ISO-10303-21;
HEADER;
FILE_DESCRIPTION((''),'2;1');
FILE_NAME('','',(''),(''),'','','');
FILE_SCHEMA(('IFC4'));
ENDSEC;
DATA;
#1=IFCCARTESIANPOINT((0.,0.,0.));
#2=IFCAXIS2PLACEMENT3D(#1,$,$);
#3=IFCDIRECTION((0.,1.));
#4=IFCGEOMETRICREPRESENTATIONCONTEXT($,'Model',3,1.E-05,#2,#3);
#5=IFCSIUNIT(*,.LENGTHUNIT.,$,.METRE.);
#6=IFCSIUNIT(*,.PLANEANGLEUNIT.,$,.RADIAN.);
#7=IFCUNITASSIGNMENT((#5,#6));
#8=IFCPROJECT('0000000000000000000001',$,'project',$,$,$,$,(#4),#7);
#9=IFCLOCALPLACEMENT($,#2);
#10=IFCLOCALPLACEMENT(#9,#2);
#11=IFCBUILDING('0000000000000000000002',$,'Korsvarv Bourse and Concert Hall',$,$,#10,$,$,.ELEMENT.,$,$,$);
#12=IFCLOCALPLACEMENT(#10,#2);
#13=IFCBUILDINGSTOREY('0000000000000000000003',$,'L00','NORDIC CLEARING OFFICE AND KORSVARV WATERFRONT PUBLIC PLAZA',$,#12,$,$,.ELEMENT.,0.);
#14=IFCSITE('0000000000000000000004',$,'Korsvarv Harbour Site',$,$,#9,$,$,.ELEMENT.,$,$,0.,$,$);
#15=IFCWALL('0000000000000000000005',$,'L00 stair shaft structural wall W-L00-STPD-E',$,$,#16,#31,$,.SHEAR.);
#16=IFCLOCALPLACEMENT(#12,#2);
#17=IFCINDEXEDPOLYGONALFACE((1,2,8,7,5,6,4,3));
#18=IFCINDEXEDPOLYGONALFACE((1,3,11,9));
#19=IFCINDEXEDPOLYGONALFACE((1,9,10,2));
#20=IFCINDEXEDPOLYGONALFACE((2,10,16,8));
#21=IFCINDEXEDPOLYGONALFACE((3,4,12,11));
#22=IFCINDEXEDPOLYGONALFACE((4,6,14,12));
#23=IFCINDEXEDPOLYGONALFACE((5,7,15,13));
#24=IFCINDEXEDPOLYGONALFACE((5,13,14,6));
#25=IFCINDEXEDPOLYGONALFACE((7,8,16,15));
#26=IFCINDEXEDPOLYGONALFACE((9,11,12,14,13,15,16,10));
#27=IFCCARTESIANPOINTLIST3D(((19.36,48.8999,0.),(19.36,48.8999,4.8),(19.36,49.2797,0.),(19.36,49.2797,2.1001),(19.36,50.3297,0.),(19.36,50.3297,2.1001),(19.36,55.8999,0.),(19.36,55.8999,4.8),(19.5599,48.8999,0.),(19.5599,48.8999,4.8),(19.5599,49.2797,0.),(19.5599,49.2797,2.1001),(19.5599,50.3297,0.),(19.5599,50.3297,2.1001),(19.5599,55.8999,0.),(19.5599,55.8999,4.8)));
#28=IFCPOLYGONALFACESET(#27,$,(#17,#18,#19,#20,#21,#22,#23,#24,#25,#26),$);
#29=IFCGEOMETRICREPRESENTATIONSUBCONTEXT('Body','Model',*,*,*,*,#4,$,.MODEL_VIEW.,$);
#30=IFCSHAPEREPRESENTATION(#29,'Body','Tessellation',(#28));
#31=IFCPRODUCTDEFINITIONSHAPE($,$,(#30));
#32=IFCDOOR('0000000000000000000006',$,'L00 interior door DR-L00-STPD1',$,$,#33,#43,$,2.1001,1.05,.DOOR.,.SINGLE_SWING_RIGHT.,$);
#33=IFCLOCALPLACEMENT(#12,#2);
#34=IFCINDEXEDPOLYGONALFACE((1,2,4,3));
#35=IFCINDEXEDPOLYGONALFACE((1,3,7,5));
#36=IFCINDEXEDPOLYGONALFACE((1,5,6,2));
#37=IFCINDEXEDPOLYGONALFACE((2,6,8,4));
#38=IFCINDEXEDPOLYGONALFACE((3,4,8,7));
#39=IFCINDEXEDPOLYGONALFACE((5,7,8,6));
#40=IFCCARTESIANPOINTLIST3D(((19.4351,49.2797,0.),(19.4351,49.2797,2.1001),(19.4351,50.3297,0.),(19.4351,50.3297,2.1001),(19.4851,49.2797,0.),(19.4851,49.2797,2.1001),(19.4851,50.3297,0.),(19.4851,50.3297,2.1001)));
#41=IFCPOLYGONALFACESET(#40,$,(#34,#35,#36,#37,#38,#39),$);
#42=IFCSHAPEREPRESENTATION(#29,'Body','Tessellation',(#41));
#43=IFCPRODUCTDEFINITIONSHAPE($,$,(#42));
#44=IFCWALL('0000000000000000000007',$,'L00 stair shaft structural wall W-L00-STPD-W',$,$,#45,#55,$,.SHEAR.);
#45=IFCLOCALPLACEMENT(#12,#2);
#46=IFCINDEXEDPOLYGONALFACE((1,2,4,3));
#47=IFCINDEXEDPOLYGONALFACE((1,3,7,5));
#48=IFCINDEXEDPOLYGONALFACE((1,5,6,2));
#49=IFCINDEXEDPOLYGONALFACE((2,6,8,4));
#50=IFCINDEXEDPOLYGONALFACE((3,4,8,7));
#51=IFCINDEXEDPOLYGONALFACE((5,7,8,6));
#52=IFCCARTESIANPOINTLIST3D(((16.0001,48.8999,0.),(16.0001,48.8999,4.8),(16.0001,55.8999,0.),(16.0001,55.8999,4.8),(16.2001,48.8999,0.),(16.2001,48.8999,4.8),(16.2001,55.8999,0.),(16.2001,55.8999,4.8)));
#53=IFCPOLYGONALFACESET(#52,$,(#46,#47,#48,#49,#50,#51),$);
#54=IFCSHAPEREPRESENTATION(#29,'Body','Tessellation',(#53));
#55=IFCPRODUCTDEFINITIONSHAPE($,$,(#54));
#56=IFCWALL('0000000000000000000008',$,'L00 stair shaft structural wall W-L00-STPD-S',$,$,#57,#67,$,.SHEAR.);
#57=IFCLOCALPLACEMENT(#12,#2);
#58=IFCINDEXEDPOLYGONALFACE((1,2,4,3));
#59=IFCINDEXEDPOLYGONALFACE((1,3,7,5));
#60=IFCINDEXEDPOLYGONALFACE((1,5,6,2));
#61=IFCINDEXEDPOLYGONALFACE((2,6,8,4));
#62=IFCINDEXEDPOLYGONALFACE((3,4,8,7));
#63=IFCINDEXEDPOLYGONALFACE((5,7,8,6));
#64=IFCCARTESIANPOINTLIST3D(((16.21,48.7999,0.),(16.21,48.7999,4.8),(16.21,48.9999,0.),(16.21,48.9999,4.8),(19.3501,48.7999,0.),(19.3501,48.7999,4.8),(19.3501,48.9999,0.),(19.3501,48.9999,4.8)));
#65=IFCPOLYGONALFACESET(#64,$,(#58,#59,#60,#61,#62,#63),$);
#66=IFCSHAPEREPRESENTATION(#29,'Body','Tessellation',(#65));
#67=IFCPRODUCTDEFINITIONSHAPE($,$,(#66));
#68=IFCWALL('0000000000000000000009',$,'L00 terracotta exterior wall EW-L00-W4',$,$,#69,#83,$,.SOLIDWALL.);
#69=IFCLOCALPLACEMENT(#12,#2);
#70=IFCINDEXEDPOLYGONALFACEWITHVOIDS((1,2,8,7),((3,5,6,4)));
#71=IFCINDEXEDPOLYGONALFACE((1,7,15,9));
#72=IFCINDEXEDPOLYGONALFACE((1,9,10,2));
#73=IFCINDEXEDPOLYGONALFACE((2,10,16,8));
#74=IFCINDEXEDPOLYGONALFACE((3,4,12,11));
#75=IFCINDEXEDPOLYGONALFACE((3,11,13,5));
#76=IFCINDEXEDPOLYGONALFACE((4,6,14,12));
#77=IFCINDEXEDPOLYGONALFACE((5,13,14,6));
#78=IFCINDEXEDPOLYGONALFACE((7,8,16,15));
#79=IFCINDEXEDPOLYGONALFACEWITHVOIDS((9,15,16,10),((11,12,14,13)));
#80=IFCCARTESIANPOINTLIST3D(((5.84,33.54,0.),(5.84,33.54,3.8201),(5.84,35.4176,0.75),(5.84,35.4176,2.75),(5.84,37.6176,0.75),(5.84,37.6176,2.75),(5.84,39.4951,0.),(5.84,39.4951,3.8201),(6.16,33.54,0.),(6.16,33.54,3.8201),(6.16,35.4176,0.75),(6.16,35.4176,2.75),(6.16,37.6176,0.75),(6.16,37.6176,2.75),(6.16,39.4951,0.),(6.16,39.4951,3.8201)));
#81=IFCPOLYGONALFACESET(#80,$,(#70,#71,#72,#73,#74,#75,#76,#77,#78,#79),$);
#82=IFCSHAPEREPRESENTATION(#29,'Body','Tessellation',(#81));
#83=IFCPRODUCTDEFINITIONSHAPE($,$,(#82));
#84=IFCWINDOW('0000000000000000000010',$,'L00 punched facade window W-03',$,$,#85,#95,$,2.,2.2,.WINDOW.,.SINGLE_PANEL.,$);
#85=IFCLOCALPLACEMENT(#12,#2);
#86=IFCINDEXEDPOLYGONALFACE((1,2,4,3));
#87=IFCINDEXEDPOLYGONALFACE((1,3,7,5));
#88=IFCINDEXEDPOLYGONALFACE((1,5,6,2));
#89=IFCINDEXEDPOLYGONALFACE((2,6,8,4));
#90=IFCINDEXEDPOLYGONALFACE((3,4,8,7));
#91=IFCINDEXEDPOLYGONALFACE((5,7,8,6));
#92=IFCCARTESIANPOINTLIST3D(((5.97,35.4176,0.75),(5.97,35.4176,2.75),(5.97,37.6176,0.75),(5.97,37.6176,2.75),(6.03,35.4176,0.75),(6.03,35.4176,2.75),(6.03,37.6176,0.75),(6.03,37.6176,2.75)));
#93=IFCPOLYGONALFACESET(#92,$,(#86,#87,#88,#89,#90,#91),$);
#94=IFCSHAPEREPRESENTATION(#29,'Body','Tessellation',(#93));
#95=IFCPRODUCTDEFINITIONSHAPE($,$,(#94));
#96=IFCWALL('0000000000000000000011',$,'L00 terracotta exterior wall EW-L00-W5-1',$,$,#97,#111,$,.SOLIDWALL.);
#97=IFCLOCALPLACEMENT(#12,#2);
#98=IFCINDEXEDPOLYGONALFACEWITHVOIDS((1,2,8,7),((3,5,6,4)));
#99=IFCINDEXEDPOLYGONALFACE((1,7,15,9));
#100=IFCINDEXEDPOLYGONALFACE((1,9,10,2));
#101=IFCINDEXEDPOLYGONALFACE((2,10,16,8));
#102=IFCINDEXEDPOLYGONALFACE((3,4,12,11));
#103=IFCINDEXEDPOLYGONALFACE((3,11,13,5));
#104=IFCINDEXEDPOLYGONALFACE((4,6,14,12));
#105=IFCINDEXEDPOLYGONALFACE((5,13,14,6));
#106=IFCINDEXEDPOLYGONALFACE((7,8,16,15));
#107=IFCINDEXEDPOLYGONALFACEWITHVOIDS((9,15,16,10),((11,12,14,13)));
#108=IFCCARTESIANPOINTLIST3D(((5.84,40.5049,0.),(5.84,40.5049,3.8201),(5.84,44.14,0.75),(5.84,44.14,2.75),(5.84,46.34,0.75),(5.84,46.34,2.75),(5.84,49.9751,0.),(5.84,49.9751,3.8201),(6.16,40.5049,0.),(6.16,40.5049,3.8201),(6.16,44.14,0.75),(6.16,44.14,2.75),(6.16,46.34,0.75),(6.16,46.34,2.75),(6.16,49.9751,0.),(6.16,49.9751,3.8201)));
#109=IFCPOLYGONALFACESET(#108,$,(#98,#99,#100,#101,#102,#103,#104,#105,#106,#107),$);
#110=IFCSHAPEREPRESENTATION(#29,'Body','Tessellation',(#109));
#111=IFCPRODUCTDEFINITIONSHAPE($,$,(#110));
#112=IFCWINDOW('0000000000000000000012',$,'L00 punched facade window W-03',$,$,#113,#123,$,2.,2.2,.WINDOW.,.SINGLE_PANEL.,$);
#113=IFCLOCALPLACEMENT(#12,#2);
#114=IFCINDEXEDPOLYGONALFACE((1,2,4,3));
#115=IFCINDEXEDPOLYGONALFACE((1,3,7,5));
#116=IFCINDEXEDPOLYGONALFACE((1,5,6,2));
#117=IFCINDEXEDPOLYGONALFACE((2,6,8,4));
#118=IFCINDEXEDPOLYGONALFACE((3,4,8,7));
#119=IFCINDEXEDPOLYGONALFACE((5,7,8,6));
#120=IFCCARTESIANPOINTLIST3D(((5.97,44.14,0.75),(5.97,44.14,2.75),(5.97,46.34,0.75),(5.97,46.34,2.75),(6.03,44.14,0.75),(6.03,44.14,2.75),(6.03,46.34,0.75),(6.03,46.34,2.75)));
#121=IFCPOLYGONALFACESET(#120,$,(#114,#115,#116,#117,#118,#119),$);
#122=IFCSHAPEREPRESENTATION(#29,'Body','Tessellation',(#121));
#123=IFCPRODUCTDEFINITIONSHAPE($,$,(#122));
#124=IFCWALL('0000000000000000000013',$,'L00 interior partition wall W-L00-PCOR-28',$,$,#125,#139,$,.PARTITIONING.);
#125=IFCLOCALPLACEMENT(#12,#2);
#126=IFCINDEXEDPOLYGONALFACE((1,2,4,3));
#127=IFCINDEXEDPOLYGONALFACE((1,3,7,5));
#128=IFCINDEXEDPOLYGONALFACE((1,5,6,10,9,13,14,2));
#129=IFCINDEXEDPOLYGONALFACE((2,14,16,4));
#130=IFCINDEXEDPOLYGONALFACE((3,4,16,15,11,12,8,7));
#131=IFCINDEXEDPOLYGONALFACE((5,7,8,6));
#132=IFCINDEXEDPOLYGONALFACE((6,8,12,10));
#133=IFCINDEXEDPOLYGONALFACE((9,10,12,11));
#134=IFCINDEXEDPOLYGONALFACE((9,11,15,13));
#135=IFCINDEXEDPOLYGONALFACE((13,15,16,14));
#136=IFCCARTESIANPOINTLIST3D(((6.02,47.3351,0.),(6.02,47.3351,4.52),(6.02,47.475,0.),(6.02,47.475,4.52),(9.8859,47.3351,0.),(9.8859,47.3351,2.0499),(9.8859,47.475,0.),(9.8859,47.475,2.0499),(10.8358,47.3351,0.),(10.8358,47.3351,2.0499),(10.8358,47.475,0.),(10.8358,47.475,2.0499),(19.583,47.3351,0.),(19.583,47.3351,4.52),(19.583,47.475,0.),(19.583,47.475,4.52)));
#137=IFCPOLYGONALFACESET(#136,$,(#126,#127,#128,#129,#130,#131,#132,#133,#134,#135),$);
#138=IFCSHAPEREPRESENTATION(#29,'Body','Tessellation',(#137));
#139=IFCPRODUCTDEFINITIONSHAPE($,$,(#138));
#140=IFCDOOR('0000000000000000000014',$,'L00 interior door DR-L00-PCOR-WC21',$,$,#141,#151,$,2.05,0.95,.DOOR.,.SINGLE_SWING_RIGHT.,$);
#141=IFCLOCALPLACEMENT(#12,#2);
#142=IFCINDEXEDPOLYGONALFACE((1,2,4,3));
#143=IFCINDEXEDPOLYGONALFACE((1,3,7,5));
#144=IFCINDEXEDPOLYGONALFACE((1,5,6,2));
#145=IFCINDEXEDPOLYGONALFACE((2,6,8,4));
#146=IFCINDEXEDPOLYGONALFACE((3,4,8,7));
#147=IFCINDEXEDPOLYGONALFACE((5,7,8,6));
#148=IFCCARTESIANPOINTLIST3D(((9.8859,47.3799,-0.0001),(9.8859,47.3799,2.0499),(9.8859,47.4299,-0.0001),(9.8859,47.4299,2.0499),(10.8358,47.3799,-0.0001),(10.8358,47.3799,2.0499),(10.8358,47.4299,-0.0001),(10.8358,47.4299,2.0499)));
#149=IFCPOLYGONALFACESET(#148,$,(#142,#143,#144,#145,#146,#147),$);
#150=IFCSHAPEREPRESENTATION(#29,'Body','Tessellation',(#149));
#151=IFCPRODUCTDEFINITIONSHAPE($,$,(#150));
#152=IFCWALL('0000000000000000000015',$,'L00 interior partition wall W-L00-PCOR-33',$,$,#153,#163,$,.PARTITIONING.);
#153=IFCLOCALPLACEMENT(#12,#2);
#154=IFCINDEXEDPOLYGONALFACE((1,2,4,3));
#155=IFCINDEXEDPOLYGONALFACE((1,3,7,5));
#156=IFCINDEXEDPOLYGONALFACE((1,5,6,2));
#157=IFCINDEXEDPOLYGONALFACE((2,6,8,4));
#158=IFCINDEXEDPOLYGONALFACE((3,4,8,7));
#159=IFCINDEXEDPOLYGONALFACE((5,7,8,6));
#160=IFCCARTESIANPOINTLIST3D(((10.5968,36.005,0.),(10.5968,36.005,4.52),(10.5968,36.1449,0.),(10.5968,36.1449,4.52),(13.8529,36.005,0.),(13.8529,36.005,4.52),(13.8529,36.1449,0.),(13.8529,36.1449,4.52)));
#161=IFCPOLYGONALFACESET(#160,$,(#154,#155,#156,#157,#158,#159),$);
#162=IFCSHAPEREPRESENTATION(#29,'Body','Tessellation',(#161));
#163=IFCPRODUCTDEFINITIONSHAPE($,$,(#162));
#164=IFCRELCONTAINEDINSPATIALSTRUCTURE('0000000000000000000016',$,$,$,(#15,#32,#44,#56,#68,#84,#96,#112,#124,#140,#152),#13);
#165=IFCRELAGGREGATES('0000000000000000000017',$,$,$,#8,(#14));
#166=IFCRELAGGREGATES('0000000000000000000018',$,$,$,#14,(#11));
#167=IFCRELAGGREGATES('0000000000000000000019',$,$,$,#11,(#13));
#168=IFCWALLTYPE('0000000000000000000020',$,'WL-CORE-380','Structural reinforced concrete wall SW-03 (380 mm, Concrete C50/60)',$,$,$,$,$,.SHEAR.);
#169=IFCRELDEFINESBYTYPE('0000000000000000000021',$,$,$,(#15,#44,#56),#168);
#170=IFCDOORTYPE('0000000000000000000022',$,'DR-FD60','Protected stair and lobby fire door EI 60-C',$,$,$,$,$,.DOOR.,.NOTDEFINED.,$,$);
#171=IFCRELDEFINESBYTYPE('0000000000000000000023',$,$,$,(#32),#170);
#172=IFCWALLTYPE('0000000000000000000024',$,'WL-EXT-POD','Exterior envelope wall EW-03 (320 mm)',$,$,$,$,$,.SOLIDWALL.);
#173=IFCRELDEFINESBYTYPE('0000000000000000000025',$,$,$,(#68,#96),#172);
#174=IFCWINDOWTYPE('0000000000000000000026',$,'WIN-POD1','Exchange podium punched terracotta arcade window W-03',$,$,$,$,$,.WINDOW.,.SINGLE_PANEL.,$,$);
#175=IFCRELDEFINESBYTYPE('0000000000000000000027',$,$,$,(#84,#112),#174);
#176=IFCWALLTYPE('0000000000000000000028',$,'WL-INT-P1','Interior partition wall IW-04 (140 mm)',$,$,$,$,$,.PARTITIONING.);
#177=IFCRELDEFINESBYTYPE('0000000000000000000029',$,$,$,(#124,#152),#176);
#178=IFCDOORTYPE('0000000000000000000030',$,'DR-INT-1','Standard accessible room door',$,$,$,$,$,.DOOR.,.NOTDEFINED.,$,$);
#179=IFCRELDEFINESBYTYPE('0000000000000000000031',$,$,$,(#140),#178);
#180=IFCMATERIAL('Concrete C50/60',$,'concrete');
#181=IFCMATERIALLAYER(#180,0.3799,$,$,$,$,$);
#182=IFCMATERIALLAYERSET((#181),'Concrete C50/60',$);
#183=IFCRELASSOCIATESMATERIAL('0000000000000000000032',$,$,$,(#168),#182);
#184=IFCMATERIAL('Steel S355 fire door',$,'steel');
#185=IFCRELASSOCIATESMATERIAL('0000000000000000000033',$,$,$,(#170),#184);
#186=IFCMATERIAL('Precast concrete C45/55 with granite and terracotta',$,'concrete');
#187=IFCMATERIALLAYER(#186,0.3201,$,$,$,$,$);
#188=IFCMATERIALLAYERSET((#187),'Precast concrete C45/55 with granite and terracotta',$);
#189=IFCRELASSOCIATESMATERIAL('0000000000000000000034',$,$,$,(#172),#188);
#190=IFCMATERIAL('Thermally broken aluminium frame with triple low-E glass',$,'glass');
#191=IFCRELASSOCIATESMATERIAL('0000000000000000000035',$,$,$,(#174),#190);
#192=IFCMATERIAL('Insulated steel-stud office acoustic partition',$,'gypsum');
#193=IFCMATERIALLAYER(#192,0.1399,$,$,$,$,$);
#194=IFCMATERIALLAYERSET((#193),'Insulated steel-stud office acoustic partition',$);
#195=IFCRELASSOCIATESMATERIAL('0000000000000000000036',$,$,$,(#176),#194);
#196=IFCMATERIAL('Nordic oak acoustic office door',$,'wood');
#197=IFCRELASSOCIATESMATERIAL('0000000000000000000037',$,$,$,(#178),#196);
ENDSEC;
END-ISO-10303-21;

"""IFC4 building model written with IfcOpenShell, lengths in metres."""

from ifc_helpers import new_model, si_unit, direction, frame, frame_2d, origin, place, context, subcontext, project, spatial, rectangle, extrude, material, layer, layer_set, type_object, element, fill, save


model = new_model("IFC4")

# Units and contexts
model_context = context("Model", 3, precision=1e-05, world=origin(), true_north=direction((0.0, 1.0)))
body_context = subcontext(model_context, "Body", "Model", "MODEL_VIEW")
ifc_project = project(units=[si_unit("LENGTHUNIT", "METRE"), si_unit("PLANEANGLEUNIT", "RADIAN")], contexts=[model_context])

# Site, building, storey
site_placement = place(None, origin())
site = spatial("IfcSite", under=ifc_project, at=site_placement, Name="Korsvarv Harbour Site", CompositionType="ELEMENT", RefElevation=0.0)
building_placement = place(site_placement, origin())
building = spatial("IfcBuilding", under=site, at=building_placement, Name="Korsvarv Bourse and Concert Hall", CompositionType="ELEMENT")
storey_placement = place(building_placement, origin())
storey = spatial("IfcBuildingStorey", under=building, at=storey_placement, Name="L00", Description="NORDIC CLEARING OFFICE AND KORSVARV WATERFRONT PUBLIC PLAZA", CompositionType="ELEMENT", Elevation=0.0)

# Wall, opening, door
ifc_material_1 = material(Name="Concrete C50/60", Category="concrete")
ifc_layer_1 = layer(ifc_material_1, 0.3799)
ifc_layer_set_1 = layer_set([ifc_layer_1], Name="Concrete C50/60")
wall_type_1 = type_object("IfcWallType", Name="WL-CORE-380", Description="Structural reinforced concrete wall SW-03 (380 mm, Concrete C50/60)", PredefinedType="SHEAR", material=ifc_layer_set_1)
wall_1_placement = place(storey_placement, frame((19.46, 48.8999, 0.0), z_axis=(0.0, 0.0, 1.0), x_axis=(0.0, 1.0, 0.0)))
wall_1 = element("IfcWall", 1, at=wall_1_placement, inside=storey, type_object=wall_type_1, Name="L00 stair shaft structural wall W-L00-STPD-E", PredefinedType="SHEAR", context=body_context, shape_type="SweptSolid", body=[
    extrude(rectangle(XDim=7.0, YDim=0.2, at=frame_2d((3.5, 0.0))), origin(), (0.0, 0.0, 1.0), 4.8),
])
opening_1_placement = place(wall_1_placement, frame((0.3799, 0.0, 0.0)))
opening_1 = element("IfcOpeningElement", 2, at=opening_1_placement, cuts=wall_1, PredefinedType="OPENING", context=body_context, shape_type="SweptSolid", body=[
    extrude(rectangle(XDim=1.05, YDim=2.1001, at=frame_2d((0.5249, 1.05))), frame((0.0, 0.1099, 0.0), z_axis=(0.0, -1.0, 0.0), x_axis=(1.0, 0.0, 0.0)), (0.0, 0.0, 1.0), 0.22),
])
ifc_material_2 = material(Name="Steel S355 fire door", Category="steel")
door_type_1 = type_object("IfcDoorType", Name="DR-FD60", Description="Protected stair and lobby fire door EI 60-C", OperationType="NOTDEFINED", PredefinedType="DOOR", material=ifc_material_2)
door_1_placement = place(opening_1_placement, origin())
door_1 = element("IfcDoor", 3, at=door_1_placement, inside=storey, type_object=door_type_1, Name="L00 interior door DR-L00-STPD1", OperationType="SINGLE_SWING_RIGHT", OverallHeight=2.1001, OverallWidth=1.05, PredefinedType="DOOR", context=body_context, shape_type="SweptSolid", body=[
    extrude(rectangle(XDim=1.05, YDim=2.1001, at=frame_2d((0.5249, 1.05))), frame((0.0, 0.0249, 0.0), z_axis=(0.0, -1.0, 0.0), x_axis=(1.0, 0.0, 0.0)), (0.0, 0.0, 1.0), 0.05),
])
fill(opening_1, door_1)

# Walls
wall_2_placement = place(storey_placement, frame((16.1001, 48.8999, 0.0), z_axis=(0.0, 0.0, 1.0), x_axis=(0.0, 1.0, 0.0)))
element("IfcWall", 4, at=wall_2_placement, inside=storey, type_object=wall_type_1, Name="L00 stair shaft structural wall W-L00-STPD-W", PredefinedType="SHEAR", context=body_context, shape_type="SweptSolid", body=[
    extrude(rectangle(XDim=7.0, YDim=0.2, at=frame_2d((3.5, 0.0))), origin(), (0.0, 0.0, 1.0), 4.8),
])
wall_3_placement = place(storey_placement, frame((16.21, 48.8999, 0.0), z_axis=(0.0, 0.0, 1.0), x_axis=(1.0, 0.0, 0.0)))
element("IfcWall", 5, at=wall_3_placement, inside=storey, type_object=wall_type_1, Name="L00 stair shaft structural wall W-L00-STPD-S", PredefinedType="SHEAR", context=body_context, shape_type="SweptSolid", body=[
    extrude(rectangle(XDim=3.1401, YDim=0.2, at=frame_2d((1.5701, 0.0))), origin(), (0.0, 0.0, 1.0), 4.8),
])

# Walls, openings, windows
ifc_material_3 = material(Name="Precast concrete C45/55 with granite and terracotta", Category="concrete")
ifc_layer_2 = layer(ifc_material_3, 0.3201)
ifc_layer_set_2 = layer_set([ifc_layer_2], Name="Precast concrete C45/55 with granite and terracotta")
wall_type_2 = type_object("IfcWallType", Name="WL-EXT-POD", Description="Exterior envelope wall EW-03 (320 mm)", PredefinedType="SOLIDWALL", material=ifc_layer_set_2)
wall_4_placement = place(storey_placement, frame((6.0, 33.54, 0.0), z_axis=(0.0, 0.0, 1.0), x_axis=(0.0, 1.0, 0.0)))
wall_4 = element("IfcWall", 6, at=wall_4_placement, inside=storey, type_object=wall_type_2, Name="L00 terracotta exterior wall EW-L00-W4", PredefinedType="SOLIDWALL", context=body_context, shape_type="SweptSolid", body=[
    extrude(rectangle(XDim=5.9551, YDim=0.3201, at=frame_2d((2.9775, 0.0))), origin(), (0.0, 0.0, 1.0), 3.8201),
])
opening_2_placement = place(wall_4_placement, frame((1.8774, 0.0, 0.75)))
opening_2 = element("IfcOpeningElement", 7, at=opening_2_placement, cuts=wall_4, PredefinedType="OPENING", context=body_context, shape_type="SweptSolid", body=[
    extrude(rectangle(XDim=2.2, YDim=2.0, at=frame_2d((1.1001, 1.0))), frame((0.0, 0.1699, 0.0), z_axis=(0.0, -1.0, 0.0), x_axis=(1.0, 0.0, 0.0)), (0.0, 0.0, 1.0), 0.3401),
])
ifc_material_4 = material(Name="Thermally broken aluminium frame with triple low-E glass", Category="glass")
window_type = type_object("IfcWindowType", Name="WIN-POD1", Description="Exchange podium punched terracotta arcade window W-03", PartitioningType="SINGLE_PANEL", PredefinedType="WINDOW", material=ifc_material_4)
window_1_placement = place(opening_2_placement, origin())
window_1 = element("IfcWindow", 8, at=window_1_placement, inside=storey, type_object=window_type, Name="L00 punched facade window W-03", OverallHeight=2.0, OverallWidth=2.2, PartitioningType="SINGLE_PANEL", PredefinedType="WINDOW", context=body_context, shape_type="SweptSolid", body=[
    extrude(rectangle(XDim=2.2, YDim=2.0, at=frame_2d((1.1001, 1.0))), frame((0.0, 0.03, 0.0), z_axis=(0.0, -1.0, 0.0), x_axis=(1.0, 0.0, 0.0)), (0.0, 0.0, 1.0), 0.0601),
])
fill(opening_2, window_1)
wall_5_placement = place(storey_placement, frame((6.0, 40.5049, 0.0), z_axis=(0.0, 0.0, 1.0), x_axis=(0.0, 1.0, 0.0)))
wall_5 = element("IfcWall", 9, at=wall_5_placement, inside=storey, type_object=wall_type_2, Name="L00 terracotta exterior wall EW-L00-W5-1", PredefinedType="SOLIDWALL", context=body_context, shape_type="SweptSolid", body=[
    extrude(rectangle(XDim=9.4702, YDim=0.3201, at=frame_2d((4.7351, 0.0))), origin(), (0.0, 0.0, 1.0), 3.8201),
])
opening_3_placement = place(wall_5_placement, frame((3.635, 0.0, 0.75)))
opening_3 = element("IfcOpeningElement", 10, at=opening_3_placement, cuts=wall_5, PredefinedType="OPENING", context=body_context, shape_type="SweptSolid", body=[
    extrude(rectangle(XDim=2.2, YDim=2.0, at=frame_2d((1.1001, 1.0))), frame((0.0, 0.1699, 0.0), z_axis=(0.0, -1.0, 0.0), x_axis=(1.0, 0.0, 0.0)), (0.0, 0.0, 1.0), 0.3401),
])
window_2_placement = place(opening_3_placement, origin())
window_2 = element("IfcWindow", 11, at=window_2_placement, inside=storey, type_object=window_type, Name="L00 punched facade window W-03", OverallHeight=2.0, OverallWidth=2.2, PartitioningType="SINGLE_PANEL", PredefinedType="WINDOW", context=body_context, shape_type="SweptSolid", body=[
    extrude(rectangle(XDim=2.2, YDim=2.0, at=frame_2d((1.1001, 1.0))), frame((0.0, 0.03, 0.0), z_axis=(0.0, -1.0, 0.0), x_axis=(1.0, 0.0, 0.0)), (0.0, 0.0, 1.0), 0.0601),
])
fill(opening_3, window_2)

# Wall, opening, door
ifc_material_5 = material(Name="Insulated steel-stud office acoustic partition", Category="gypsum")
ifc_layer_3 = layer(ifc_material_5, 0.1399)
ifc_layer_set_3 = layer_set([ifc_layer_3], Name="Insulated steel-stud office acoustic partition")
wall_type_3 = type_object("IfcWallType", Name="WL-INT-P1", Description="Interior partition wall IW-04 (140 mm)", PredefinedType="PARTITIONING", material=ifc_layer_set_3)
wall_6_placement = place(storey_placement, frame((6.02, 47.405, 0.0), z_axis=(0.0, 0.0, 1.0), x_axis=(1.0, 0.0, 0.0)))
wall_6 = element("IfcWall", 12, at=wall_6_placement, inside=storey, type_object=wall_type_3, Name="L00 interior partition wall W-L00-PCOR-28", PredefinedType="PARTITIONING", context=body_context, shape_type="SweptSolid", body=[
    extrude(rectangle(XDim=13.563, YDim=0.1399, at=frame_2d((6.7815, 0.0))), origin(), (0.0, 0.0, 1.0), 4.52),
])
opening_4_placement = place(wall_6_placement, frame((3.8657, 0.0, 0.0)))
opening_4 = element("IfcOpeningElement", 13, at=opening_4_placement, cuts=wall_6, PredefinedType="OPENING", context=body_context, shape_type="SweptSolid", body=[
    extrude(rectangle(XDim=0.95, YDim=2.05, at=frame_2d((0.4751, 1.0249))), frame((0.0, 0.0801, 0.0), z_axis=(0.0, -1.0, 0.0), x_axis=(1.0, 0.0, 0.0)), (0.0, 0.0, 1.0), 0.1599),
])
ifc_material_6 = material(Name="Nordic oak acoustic office door", Category="wood")
door_type_2 = type_object("IfcDoorType", Name="DR-INT-1", Description="Standard accessible room door", OperationType="NOTDEFINED", PredefinedType="DOOR", material=ifc_material_6)
door_2_placement = place(opening_4_placement, origin())
door_2 = element("IfcDoor", 14, at=door_2_placement, inside=storey, type_object=door_type_2, Name="L00 interior door DR-L00-PCOR-WC21", OperationType="SINGLE_SWING_RIGHT", OverallHeight=2.05, OverallWidth=0.95, PredefinedType="DOOR", context=body_context, shape_type="SweptSolid", body=[
    extrude(rectangle(XDim=0.95, YDim=2.05, at=frame_2d((0.4751, 1.0249))), frame((0.0, 0.0249, 0.0), z_axis=(0.0, -1.0, 0.0), x_axis=(1.0, 0.0, 0.0)), (0.0, 0.0, 1.0), 0.05),
])
fill(opening_4, door_2)

# Wall
wall_7_placement = place(storey_placement, frame((10.5969, 36.075, 0.0), z_axis=(0.0, 0.0, 1.0), x_axis=(1.0, 0.0, 0.0)))
element("IfcWall", 15, at=wall_7_placement, inside=storey, type_object=wall_type_3, Name="L00 interior partition wall W-L00-PCOR-33", PredefinedType="PARTITIONING", context=body_context, shape_type="SweptSolid", body=[
    extrude(rectangle(XDim=3.2561, YDim=0.1399, at=frame_2d((1.6279, 0.0))), origin(), (0.0, 0.0, 1.0), 4.52),
])

save(model, "model.ifc")
